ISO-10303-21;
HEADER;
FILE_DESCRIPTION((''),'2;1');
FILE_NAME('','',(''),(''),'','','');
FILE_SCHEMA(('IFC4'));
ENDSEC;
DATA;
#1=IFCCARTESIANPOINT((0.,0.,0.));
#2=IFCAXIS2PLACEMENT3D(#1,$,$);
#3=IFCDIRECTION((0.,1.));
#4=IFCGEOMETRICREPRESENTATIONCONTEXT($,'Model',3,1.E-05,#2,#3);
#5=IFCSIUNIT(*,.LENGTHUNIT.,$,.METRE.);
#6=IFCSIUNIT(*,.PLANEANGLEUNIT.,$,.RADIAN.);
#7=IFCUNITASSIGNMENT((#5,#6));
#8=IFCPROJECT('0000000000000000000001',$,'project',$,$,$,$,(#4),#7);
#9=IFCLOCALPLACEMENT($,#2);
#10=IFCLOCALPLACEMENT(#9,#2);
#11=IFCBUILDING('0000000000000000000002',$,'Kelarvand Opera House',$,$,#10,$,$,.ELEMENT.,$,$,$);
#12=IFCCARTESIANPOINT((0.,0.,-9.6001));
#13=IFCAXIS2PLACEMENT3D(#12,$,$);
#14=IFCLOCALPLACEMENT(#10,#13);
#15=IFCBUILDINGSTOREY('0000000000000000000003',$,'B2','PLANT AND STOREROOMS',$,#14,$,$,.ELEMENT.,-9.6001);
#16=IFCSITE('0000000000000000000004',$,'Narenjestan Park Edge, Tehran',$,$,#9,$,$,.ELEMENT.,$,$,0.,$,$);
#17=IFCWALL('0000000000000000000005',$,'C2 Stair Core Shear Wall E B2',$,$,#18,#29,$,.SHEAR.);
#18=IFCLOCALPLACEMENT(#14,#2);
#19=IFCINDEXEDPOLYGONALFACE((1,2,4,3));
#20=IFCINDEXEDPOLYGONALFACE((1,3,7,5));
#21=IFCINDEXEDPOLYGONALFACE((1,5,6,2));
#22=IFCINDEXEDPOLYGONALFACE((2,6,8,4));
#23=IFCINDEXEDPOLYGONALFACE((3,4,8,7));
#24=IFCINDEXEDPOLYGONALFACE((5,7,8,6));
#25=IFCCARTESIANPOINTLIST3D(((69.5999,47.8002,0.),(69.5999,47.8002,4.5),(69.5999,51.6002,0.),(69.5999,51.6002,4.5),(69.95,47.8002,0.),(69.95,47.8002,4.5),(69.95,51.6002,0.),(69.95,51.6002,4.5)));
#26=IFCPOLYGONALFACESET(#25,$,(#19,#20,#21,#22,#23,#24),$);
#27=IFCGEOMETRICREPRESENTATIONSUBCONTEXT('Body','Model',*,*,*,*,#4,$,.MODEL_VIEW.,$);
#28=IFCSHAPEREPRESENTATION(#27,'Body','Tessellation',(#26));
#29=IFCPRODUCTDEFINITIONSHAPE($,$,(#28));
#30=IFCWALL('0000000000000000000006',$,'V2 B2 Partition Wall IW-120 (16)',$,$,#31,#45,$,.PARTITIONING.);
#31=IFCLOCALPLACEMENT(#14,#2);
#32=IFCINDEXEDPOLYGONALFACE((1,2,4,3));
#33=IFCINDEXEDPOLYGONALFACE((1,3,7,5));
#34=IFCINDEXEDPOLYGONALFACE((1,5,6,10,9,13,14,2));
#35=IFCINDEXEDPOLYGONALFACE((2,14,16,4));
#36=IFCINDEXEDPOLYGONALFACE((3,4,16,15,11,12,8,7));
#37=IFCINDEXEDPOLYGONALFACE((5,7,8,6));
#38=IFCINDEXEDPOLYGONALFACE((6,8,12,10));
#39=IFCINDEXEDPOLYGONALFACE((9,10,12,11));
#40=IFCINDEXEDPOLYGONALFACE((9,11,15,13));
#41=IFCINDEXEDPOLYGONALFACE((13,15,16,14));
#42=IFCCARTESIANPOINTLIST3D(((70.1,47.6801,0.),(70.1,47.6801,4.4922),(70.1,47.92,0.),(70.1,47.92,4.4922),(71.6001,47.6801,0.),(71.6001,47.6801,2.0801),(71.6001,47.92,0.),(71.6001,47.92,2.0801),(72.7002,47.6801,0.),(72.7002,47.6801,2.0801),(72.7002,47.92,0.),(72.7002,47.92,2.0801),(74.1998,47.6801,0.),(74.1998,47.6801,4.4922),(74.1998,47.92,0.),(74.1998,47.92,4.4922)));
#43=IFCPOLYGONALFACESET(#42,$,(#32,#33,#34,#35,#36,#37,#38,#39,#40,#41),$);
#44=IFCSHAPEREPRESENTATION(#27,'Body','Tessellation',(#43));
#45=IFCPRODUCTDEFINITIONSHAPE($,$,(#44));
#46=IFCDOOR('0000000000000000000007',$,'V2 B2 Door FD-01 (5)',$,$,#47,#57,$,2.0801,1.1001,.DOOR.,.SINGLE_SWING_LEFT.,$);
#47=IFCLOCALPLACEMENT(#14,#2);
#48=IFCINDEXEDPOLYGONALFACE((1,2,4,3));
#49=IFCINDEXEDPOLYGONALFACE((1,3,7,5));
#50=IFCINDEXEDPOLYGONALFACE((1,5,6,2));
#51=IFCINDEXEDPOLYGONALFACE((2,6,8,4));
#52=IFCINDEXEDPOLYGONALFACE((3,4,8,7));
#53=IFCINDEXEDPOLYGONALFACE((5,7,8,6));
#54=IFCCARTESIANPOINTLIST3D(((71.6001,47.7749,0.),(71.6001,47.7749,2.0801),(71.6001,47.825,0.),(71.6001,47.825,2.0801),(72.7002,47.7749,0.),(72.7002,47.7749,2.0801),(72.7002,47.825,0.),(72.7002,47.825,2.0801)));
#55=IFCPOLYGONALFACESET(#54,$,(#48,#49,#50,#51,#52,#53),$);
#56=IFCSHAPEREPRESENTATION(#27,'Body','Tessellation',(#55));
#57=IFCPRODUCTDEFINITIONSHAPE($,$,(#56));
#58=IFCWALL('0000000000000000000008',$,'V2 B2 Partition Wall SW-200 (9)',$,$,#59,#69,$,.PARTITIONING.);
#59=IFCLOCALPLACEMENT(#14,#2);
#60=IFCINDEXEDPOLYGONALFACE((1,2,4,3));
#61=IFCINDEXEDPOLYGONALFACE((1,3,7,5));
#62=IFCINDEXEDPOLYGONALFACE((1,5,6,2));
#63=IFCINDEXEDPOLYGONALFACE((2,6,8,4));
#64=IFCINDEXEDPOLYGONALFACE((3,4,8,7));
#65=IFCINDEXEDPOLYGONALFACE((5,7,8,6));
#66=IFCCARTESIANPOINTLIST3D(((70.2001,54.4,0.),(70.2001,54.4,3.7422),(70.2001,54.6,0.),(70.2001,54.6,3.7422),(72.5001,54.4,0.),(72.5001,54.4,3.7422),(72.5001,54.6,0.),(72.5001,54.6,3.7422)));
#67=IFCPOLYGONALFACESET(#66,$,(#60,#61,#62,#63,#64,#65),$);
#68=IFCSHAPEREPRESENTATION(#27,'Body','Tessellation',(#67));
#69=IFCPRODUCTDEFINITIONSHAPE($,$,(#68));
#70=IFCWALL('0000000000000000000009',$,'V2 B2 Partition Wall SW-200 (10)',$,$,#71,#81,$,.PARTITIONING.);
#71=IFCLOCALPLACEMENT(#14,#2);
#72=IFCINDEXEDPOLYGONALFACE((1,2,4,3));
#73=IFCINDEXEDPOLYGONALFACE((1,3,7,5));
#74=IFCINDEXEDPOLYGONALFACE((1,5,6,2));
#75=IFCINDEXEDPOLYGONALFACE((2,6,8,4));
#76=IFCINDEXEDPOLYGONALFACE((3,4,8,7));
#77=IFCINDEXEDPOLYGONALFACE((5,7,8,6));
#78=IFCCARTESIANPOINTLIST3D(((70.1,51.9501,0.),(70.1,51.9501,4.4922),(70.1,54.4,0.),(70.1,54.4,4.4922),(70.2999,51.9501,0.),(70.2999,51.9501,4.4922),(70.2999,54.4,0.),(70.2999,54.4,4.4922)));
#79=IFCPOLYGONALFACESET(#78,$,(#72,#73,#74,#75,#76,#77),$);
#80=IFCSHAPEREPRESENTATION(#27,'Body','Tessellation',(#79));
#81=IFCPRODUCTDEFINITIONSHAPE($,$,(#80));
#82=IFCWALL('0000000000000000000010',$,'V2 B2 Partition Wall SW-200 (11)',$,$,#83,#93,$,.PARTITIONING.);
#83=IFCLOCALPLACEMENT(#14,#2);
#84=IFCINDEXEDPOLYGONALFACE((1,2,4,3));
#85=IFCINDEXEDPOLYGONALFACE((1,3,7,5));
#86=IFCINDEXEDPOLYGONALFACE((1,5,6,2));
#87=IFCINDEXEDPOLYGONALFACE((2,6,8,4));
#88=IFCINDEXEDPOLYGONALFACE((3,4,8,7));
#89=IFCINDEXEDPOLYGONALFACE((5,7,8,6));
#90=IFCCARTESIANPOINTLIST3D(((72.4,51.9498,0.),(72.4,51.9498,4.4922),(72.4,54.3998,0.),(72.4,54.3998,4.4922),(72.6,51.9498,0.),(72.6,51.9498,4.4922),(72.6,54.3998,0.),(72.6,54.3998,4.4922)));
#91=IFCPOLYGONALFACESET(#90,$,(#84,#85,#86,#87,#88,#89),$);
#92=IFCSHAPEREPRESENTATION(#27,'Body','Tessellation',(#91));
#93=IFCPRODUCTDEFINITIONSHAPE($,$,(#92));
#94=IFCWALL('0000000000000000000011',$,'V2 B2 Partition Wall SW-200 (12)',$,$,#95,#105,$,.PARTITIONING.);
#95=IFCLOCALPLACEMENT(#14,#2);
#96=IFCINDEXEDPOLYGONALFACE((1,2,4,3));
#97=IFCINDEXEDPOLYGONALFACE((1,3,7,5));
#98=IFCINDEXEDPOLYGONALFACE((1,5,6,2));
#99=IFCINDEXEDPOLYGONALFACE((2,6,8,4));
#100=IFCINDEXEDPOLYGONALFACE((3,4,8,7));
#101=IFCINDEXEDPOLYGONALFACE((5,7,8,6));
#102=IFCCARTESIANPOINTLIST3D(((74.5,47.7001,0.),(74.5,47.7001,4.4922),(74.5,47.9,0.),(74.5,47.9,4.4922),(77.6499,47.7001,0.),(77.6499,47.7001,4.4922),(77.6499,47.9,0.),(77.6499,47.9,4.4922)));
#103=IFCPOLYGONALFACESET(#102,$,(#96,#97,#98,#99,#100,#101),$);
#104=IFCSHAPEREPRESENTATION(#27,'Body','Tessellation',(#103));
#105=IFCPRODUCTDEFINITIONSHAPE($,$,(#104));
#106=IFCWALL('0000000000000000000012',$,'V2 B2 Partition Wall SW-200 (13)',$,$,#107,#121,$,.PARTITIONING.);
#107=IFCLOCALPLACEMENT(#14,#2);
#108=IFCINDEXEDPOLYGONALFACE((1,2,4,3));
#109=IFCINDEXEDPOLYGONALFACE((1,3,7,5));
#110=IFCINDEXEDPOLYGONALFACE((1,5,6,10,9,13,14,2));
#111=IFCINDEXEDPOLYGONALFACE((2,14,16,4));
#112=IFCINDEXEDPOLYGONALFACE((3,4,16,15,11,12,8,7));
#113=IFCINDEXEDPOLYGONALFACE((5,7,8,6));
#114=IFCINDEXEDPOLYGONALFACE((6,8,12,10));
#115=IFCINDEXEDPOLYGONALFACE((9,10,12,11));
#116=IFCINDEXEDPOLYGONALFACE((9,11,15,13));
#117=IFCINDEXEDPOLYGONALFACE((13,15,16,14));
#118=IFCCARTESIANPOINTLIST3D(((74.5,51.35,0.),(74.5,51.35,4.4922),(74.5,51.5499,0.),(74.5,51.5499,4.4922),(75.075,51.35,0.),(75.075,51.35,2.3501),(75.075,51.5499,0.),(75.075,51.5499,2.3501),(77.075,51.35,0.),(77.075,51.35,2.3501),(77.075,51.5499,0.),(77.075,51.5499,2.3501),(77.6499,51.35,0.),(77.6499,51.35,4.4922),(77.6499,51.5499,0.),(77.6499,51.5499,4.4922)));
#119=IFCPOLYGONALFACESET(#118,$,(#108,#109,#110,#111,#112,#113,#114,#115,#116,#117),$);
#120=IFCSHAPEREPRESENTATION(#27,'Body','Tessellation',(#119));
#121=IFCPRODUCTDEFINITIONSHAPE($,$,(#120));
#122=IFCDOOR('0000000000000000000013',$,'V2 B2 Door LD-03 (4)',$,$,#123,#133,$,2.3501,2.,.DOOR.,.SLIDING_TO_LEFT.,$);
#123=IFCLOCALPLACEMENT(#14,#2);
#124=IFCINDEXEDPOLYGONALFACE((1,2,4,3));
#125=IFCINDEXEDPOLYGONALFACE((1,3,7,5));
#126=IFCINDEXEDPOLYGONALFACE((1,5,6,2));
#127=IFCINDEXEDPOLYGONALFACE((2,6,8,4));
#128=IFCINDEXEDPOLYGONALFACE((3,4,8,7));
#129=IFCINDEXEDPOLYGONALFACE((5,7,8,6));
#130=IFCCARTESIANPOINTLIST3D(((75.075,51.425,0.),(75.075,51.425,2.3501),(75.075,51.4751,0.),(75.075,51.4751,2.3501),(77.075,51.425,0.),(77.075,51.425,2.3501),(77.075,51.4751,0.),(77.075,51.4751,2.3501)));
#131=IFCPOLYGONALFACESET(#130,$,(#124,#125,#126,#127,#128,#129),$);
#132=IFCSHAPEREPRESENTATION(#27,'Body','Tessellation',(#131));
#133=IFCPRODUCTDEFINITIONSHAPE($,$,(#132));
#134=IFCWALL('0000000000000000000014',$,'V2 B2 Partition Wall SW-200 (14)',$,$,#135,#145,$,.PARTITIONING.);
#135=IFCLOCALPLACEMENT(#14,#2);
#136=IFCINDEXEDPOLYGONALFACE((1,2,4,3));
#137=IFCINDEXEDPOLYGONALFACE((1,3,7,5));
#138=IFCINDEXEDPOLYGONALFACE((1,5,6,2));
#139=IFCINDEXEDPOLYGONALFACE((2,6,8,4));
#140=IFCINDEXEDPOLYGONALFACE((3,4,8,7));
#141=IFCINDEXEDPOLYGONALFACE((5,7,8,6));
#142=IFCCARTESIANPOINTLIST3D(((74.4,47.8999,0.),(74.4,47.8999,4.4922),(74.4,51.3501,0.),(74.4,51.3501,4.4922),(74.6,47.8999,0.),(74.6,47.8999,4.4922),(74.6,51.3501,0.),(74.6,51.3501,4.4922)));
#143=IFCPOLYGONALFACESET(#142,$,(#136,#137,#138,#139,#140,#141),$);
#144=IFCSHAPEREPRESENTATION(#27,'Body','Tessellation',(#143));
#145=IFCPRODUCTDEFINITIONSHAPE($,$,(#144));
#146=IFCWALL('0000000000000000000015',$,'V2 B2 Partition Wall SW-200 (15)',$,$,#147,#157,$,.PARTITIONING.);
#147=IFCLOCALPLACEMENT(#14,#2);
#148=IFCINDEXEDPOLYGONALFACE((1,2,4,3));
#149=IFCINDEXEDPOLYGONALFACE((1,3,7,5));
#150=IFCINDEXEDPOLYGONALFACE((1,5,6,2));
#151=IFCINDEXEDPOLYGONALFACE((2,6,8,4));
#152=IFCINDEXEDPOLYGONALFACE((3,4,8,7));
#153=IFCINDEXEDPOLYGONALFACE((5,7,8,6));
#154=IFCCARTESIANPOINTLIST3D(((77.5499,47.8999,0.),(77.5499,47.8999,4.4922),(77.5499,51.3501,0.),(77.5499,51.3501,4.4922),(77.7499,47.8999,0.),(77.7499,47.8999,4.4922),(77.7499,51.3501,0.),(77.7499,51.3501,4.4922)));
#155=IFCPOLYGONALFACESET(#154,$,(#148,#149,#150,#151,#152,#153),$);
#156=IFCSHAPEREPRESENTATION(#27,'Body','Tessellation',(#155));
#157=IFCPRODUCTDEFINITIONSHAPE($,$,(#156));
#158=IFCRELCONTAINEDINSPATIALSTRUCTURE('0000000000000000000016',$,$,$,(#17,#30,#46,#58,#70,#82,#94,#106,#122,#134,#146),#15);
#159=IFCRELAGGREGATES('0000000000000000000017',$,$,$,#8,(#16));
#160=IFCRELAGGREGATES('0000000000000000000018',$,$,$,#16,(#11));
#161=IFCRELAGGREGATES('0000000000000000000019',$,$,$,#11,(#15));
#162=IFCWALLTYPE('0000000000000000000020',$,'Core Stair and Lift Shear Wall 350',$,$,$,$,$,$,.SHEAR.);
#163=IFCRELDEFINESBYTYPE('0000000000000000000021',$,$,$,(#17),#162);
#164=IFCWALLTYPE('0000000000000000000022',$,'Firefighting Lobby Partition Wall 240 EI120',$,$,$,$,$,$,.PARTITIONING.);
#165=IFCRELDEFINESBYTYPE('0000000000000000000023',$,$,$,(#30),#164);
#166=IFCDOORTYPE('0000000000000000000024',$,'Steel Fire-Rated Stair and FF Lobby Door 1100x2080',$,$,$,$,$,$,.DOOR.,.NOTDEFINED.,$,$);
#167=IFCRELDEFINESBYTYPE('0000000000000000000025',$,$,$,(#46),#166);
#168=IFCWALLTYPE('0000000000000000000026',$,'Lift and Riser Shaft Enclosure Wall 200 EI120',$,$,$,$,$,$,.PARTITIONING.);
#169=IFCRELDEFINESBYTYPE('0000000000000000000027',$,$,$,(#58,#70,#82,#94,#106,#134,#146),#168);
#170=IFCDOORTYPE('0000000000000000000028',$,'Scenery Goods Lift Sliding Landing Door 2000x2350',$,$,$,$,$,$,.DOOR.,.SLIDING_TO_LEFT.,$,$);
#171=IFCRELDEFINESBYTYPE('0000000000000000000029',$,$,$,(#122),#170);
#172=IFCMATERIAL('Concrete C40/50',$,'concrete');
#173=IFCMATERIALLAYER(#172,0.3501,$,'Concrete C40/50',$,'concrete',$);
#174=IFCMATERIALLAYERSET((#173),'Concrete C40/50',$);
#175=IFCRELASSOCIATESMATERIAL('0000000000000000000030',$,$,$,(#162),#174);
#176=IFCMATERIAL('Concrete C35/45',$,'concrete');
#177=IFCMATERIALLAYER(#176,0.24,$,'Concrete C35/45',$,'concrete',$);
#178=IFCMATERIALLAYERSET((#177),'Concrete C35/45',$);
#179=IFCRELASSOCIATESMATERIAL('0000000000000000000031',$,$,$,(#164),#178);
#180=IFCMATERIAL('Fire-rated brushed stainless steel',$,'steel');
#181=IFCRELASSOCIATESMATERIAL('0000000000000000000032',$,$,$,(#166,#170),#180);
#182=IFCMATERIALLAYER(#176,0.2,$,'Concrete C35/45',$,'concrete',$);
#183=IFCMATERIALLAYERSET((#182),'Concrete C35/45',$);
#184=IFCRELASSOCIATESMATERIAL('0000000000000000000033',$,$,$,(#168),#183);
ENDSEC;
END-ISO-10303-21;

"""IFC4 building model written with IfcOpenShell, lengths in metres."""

from ifc_helpers import new_model, si_unit, direction, frame, frame_2d, origin, place, context, subcontext, project, spatial, rectangle, extrude, material, layer, layer_set, type_object, element, fill, save


model = new_model("IFC4")

# Units and contexts
model_context = context("Model", 3, precision=1e-05, world=origin(), true_north=direction((0.0, 1.0)))
body_context = subcontext(model_context, "Body", "Model", "MODEL_VIEW")
ifc_project = project(units=[si_unit("LENGTHUNIT", "METRE"), si_unit("PLANEANGLEUNIT", "RADIAN")], contexts=[model_context])

# Site, building, storey
site_placement = place(None, origin())
site = spatial("IfcSite", under=ifc_project, at=site_placement, Name="Narenjestan Park Edge, Tehran", CompositionType="ELEMENT", RefElevation=0.0)
building_placement = place(site_placement, origin())
building = spatial("IfcBuilding", under=site, at=building_placement, Name="Kelarvand Opera House", CompositionType="ELEMENT")
storey_placement = place(building_placement, frame((0.0, 0.0, -9.6001)))
storey = spatial("IfcBuildingStorey", under=building, at=storey_placement, Name="B2", Description="PLANT AND STOREROOMS", CompositionType="ELEMENT", Elevation=-9.6001)

# Shared definitions
ifc_material_1 = material(Name="Concrete C40/50", Category="concrete")

# Shared definitions
ifc_material_2 = material(Name="Concrete C35/45", Category="concrete")

# Wall
ifc_layer_1 = layer(ifc_material_1, 0.3501, Name="Concrete C40/50", Category="concrete")
ifc_layer_set_1 = layer_set([ifc_layer_1], Name="Concrete C40/50")
wall_type_1 = type_object("IfcWallType", Name="Core Stair and Lift Shear Wall 350", PredefinedType="SHEAR", material=ifc_layer_set_1)
wall_1_placement = place(storey_placement, frame((69.7749, 51.6001, 0.0), z_axis=(0.0, 0.0, 1.0), x_axis=(0.0, -1.0, 0.0)))
element("IfcWall", 1, at=wall_1_placement, inside=storey, type_object=wall_type_1, Name="C2 Stair Core Shear Wall E B2", PredefinedType="SHEAR", context=body_context, shape_type="SweptSolid", body=[
    extrude(rectangle(XDim=3.8, YDim=0.3501, at=frame_2d((1.8999, 0.0))), origin(), (0.0, 0.0, 1.0), 4.5),
])

# Wall, opening, door
ifc_layer_2 = layer(ifc_material_2, 0.24, Name="Concrete C35/45", Category="concrete")
ifc_layer_set_2 = layer_set([ifc_layer_2], Name="Concrete C35/45")
wall_type_2 = type_object("IfcWallType", Name="Firefighting Lobby Partition Wall 240 EI120", PredefinedType="PARTITIONING", material=ifc_layer_set_2)
wall_2_placement = place(storey_placement, frame((70.1001, 47.8, 0.0), z_axis=(0.0, 0.0, 1.0), x_axis=(1.0, 0.0, 0.0)))
wall_2 = element("IfcWall", 2, at=wall_2_placement, inside=storey, type_object=wall_type_2, Name="V2 B2 Partition Wall IW-120 (16)", PredefinedType="PARTITIONING", context=body_context, shape_type="SweptSolid", body=[
    extrude(rectangle(XDim=4.0999, YDim=0.24, at=frame_2d((2.0498, 0.0))), origin(), (0.0, 0.0, 1.0), 4.4922),
])
opening_1_placement = place(wall_2_placement, frame((1.5, 0.0, 0.0)))
opening_1 = element("IfcOpeningElement", 3, at=opening_1_placement, cuts=wall_2, PredefinedType="OPENING", context=body_context, shape_type="SweptSolid", body=[
    extrude(rectangle(XDim=1.1001, YDim=2.0801, at=frame_2d((0.55, 1.04))), frame((0.0, 0.1299, 0.0), z_axis=(0.0, -1.0, 0.0), x_axis=(1.0, 0.0, 0.0)), (0.0, 0.0, 1.0), 0.26),
])
ifc_material_3 = material(Name="Fire-rated brushed stainless steel", Category="steel")
door_type_1 = type_object("IfcDoorType", Name="Steel Fire-Rated Stair and FF Lobby Door 1100x2080", OperationType="NOTDEFINED", PredefinedType="DOOR", material=ifc_material_3)
door_1_placement = place(opening_1_placement, origin())
door_1 = element("IfcDoor", 4, at=door_1_placement, inside=storey, type_object=door_type_1, Name="V2 B2 Door FD-01 (5)", OperationType="SINGLE_SWING_LEFT", OverallHeight=2.0801, OverallWidth=1.1001, PredefinedType="DOOR", context=body_context, shape_type="SweptSolid", body=[
    extrude(rectangle(XDim=1.1001, YDim=2.0801, at=frame_2d((0.55, 1.04))), frame((0.0, 0.0249, 0.0), z_axis=(0.0, -1.0, 0.0), x_axis=(1.0, 0.0, 0.0)), (0.0, 0.0, 1.0), 0.05),
])
fill(opening_1, door_1)
ifc_layer_3 = layer(ifc_material_2, 0.2, Name="Concrete C35/45", Category="concrete")
ifc_layer_set_3 = layer_set([ifc_layer_3], Name="Concrete C35/45")
wall_type_3 = type_object("IfcWallType", Name="Lift and Riser Shaft Enclosure Wall 200 EI120", PredefinedType="PARTITIONING", material=ifc_layer_set_3)

# Walls
wall_3_placement = place(storey_placement, frame((72.5, 54.5, 0.0), z_axis=(0.0, 0.0, 1.0), x_axis=(-1.0, 0.0, 0.0)))
element("IfcWall", 5, at=wall_3_placement, inside=storey, type_object=wall_type_3, Name="V2 B2 Partition Wall SW-200 (9)", PredefinedType="PARTITIONING", context=body_context, shape_type="SweptSolid", body=[
    extrude(rectangle(XDim=2.3, YDim=0.2, at=frame_2d((1.1499, 0.0))), origin(), (0.0, 0.0, 1.0), 3.7422),
])
for number, where, z_axis, x_axis, name in (
    (6, (70.2, 51.95, 0.0), (0.0, 0.0, 1.0), (0.0, 1.0, 0.0), "V2 B2 Partition Wall SW-200 (10)"),
    (7, (72.5, 54.3999, 0.0), (0.0, 0.0, 1.0), (0.0, -1.0, 0.0), "V2 B2 Partition Wall SW-200 (11)"),
):
    element("IfcWall", number, at=place(storey_placement, frame(where, z_axis=z_axis, x_axis=x_axis)), inside=storey, type_object=wall_type_3, Name=name, PredefinedType="PARTITIONING", context=body_context, shape_type="SweptSolid", body=[
        extrude(rectangle(XDim=2.45, YDim=0.2, at=frame_2d((1.2251, 0.0))), origin(), (0.0, 0.0, 1.0), 4.4922),
    ])
wall_4_placement = place(storey_placement, frame((74.5, 47.8, 0.0), z_axis=(0.0, 0.0, 1.0), x_axis=(1.0, 0.0, 0.0)))
element("IfcWall", 8, at=wall_4_placement, inside=storey, type_object=wall_type_3, Name="V2 B2 Partition Wall SW-200 (12)", PredefinedType="PARTITIONING", context=body_context, shape_type="SweptSolid", body=[
    extrude(rectangle(XDim=3.1499, YDim=0.2, at=frame_2d((1.575, 0.0))), origin(), (0.0, 0.0, 1.0), 4.4922),
])

# Wall, opening, door
wall_5_placement = place(storey_placement, frame((77.6499, 51.45, 0.0), z_axis=(0.0, 0.0, 1.0), x_axis=(-1.0, 0.0, 0.0)))
wall_5 = element("IfcWall", 9, at=wall_5_placement, inside=storey, type_object=wall_type_3, Name="V2 B2 Partition Wall SW-200 (13)", PredefinedType="PARTITIONING", context=body_context, shape_type="SweptSolid", body=[
    extrude(rectangle(XDim=3.1499, YDim=0.2, at=frame_2d((1.575, 0.0))), origin(), (0.0, 0.0, 1.0), 4.4922),
])
opening_2_placement = place(wall_5_placement, frame((0.575, 0.0, 0.0)))
opening_2 = element("IfcOpeningElement", 10, at=opening_2_placement, cuts=wall_5, PredefinedType="OPENING", context=body_context, shape_type="SweptSolid", body=[
    extrude(rectangle(XDim=2.0, YDim=2.3501, at=frame_2d((1.0, 1.175))), frame((0.0, 0.1099, 0.0), z_axis=(0.0, -1.0, 0.0), x_axis=(1.0, 0.0, 0.0)), (0.0, 0.0, 1.0), 0.22),
])
door_type_2 = type_object("IfcDoorType", Name="Scenery Goods Lift Sliding Landing Door 2000x2350", OperationType="SLIDING_TO_LEFT", PredefinedType="DOOR", material=ifc_material_3)
door_2_placement = place(opening_2_placement, origin())
door_2 = element("IfcDoor", 11, at=door_2_placement, inside=storey, type_object=door_type_2, Name="V2 B2 Door LD-03 (4)", OperationType="SLIDING_TO_LEFT", OverallHeight=2.3501, OverallWidth=2.0, PredefinedType="DOOR", context=body_context, shape_type="SweptSolid", body=[
    extrude(rectangle(XDim=2.0, YDim=2.3501, at=frame_2d((1.0, 1.175))), frame((0.0, 0.0249, 0.0), z_axis=(0.0, -1.0, 0.0), x_axis=(1.0, 0.0, 0.0)), (0.0, 0.0, 1.0), 0.05),
])
fill(opening_2, door_2)

# Walls
for number, where, z_axis, x_axis, name in (
    (12, (74.5, 47.8999, 0.0), (0.0, 0.0, 1.0), (0.0, 1.0, 0.0), "V2 B2 Partition Wall SW-200 (14)"),
    (13, (77.6499, 51.3501, 0.0), (0.0, 0.0, 1.0), (0.0, -1.0, 0.0), "V2 B2 Partition Wall SW-200 (15)"),
):
    element("IfcWall", number, at=place(storey_placement, frame(where, z_axis=z_axis, x_axis=x_axis)), inside=storey, type_object=wall_type_3, Name=name, PredefinedType="PARTITIONING", context=body_context, shape_type="SweptSolid", body=[
        extrude(rectangle(XDim=3.4502, YDim=0.2, at=frame_2d((1.7251, 0.0))), origin(), (0.0, 0.0, 1.0), 4.4922),
    ])

save(model, "model.ifc")
